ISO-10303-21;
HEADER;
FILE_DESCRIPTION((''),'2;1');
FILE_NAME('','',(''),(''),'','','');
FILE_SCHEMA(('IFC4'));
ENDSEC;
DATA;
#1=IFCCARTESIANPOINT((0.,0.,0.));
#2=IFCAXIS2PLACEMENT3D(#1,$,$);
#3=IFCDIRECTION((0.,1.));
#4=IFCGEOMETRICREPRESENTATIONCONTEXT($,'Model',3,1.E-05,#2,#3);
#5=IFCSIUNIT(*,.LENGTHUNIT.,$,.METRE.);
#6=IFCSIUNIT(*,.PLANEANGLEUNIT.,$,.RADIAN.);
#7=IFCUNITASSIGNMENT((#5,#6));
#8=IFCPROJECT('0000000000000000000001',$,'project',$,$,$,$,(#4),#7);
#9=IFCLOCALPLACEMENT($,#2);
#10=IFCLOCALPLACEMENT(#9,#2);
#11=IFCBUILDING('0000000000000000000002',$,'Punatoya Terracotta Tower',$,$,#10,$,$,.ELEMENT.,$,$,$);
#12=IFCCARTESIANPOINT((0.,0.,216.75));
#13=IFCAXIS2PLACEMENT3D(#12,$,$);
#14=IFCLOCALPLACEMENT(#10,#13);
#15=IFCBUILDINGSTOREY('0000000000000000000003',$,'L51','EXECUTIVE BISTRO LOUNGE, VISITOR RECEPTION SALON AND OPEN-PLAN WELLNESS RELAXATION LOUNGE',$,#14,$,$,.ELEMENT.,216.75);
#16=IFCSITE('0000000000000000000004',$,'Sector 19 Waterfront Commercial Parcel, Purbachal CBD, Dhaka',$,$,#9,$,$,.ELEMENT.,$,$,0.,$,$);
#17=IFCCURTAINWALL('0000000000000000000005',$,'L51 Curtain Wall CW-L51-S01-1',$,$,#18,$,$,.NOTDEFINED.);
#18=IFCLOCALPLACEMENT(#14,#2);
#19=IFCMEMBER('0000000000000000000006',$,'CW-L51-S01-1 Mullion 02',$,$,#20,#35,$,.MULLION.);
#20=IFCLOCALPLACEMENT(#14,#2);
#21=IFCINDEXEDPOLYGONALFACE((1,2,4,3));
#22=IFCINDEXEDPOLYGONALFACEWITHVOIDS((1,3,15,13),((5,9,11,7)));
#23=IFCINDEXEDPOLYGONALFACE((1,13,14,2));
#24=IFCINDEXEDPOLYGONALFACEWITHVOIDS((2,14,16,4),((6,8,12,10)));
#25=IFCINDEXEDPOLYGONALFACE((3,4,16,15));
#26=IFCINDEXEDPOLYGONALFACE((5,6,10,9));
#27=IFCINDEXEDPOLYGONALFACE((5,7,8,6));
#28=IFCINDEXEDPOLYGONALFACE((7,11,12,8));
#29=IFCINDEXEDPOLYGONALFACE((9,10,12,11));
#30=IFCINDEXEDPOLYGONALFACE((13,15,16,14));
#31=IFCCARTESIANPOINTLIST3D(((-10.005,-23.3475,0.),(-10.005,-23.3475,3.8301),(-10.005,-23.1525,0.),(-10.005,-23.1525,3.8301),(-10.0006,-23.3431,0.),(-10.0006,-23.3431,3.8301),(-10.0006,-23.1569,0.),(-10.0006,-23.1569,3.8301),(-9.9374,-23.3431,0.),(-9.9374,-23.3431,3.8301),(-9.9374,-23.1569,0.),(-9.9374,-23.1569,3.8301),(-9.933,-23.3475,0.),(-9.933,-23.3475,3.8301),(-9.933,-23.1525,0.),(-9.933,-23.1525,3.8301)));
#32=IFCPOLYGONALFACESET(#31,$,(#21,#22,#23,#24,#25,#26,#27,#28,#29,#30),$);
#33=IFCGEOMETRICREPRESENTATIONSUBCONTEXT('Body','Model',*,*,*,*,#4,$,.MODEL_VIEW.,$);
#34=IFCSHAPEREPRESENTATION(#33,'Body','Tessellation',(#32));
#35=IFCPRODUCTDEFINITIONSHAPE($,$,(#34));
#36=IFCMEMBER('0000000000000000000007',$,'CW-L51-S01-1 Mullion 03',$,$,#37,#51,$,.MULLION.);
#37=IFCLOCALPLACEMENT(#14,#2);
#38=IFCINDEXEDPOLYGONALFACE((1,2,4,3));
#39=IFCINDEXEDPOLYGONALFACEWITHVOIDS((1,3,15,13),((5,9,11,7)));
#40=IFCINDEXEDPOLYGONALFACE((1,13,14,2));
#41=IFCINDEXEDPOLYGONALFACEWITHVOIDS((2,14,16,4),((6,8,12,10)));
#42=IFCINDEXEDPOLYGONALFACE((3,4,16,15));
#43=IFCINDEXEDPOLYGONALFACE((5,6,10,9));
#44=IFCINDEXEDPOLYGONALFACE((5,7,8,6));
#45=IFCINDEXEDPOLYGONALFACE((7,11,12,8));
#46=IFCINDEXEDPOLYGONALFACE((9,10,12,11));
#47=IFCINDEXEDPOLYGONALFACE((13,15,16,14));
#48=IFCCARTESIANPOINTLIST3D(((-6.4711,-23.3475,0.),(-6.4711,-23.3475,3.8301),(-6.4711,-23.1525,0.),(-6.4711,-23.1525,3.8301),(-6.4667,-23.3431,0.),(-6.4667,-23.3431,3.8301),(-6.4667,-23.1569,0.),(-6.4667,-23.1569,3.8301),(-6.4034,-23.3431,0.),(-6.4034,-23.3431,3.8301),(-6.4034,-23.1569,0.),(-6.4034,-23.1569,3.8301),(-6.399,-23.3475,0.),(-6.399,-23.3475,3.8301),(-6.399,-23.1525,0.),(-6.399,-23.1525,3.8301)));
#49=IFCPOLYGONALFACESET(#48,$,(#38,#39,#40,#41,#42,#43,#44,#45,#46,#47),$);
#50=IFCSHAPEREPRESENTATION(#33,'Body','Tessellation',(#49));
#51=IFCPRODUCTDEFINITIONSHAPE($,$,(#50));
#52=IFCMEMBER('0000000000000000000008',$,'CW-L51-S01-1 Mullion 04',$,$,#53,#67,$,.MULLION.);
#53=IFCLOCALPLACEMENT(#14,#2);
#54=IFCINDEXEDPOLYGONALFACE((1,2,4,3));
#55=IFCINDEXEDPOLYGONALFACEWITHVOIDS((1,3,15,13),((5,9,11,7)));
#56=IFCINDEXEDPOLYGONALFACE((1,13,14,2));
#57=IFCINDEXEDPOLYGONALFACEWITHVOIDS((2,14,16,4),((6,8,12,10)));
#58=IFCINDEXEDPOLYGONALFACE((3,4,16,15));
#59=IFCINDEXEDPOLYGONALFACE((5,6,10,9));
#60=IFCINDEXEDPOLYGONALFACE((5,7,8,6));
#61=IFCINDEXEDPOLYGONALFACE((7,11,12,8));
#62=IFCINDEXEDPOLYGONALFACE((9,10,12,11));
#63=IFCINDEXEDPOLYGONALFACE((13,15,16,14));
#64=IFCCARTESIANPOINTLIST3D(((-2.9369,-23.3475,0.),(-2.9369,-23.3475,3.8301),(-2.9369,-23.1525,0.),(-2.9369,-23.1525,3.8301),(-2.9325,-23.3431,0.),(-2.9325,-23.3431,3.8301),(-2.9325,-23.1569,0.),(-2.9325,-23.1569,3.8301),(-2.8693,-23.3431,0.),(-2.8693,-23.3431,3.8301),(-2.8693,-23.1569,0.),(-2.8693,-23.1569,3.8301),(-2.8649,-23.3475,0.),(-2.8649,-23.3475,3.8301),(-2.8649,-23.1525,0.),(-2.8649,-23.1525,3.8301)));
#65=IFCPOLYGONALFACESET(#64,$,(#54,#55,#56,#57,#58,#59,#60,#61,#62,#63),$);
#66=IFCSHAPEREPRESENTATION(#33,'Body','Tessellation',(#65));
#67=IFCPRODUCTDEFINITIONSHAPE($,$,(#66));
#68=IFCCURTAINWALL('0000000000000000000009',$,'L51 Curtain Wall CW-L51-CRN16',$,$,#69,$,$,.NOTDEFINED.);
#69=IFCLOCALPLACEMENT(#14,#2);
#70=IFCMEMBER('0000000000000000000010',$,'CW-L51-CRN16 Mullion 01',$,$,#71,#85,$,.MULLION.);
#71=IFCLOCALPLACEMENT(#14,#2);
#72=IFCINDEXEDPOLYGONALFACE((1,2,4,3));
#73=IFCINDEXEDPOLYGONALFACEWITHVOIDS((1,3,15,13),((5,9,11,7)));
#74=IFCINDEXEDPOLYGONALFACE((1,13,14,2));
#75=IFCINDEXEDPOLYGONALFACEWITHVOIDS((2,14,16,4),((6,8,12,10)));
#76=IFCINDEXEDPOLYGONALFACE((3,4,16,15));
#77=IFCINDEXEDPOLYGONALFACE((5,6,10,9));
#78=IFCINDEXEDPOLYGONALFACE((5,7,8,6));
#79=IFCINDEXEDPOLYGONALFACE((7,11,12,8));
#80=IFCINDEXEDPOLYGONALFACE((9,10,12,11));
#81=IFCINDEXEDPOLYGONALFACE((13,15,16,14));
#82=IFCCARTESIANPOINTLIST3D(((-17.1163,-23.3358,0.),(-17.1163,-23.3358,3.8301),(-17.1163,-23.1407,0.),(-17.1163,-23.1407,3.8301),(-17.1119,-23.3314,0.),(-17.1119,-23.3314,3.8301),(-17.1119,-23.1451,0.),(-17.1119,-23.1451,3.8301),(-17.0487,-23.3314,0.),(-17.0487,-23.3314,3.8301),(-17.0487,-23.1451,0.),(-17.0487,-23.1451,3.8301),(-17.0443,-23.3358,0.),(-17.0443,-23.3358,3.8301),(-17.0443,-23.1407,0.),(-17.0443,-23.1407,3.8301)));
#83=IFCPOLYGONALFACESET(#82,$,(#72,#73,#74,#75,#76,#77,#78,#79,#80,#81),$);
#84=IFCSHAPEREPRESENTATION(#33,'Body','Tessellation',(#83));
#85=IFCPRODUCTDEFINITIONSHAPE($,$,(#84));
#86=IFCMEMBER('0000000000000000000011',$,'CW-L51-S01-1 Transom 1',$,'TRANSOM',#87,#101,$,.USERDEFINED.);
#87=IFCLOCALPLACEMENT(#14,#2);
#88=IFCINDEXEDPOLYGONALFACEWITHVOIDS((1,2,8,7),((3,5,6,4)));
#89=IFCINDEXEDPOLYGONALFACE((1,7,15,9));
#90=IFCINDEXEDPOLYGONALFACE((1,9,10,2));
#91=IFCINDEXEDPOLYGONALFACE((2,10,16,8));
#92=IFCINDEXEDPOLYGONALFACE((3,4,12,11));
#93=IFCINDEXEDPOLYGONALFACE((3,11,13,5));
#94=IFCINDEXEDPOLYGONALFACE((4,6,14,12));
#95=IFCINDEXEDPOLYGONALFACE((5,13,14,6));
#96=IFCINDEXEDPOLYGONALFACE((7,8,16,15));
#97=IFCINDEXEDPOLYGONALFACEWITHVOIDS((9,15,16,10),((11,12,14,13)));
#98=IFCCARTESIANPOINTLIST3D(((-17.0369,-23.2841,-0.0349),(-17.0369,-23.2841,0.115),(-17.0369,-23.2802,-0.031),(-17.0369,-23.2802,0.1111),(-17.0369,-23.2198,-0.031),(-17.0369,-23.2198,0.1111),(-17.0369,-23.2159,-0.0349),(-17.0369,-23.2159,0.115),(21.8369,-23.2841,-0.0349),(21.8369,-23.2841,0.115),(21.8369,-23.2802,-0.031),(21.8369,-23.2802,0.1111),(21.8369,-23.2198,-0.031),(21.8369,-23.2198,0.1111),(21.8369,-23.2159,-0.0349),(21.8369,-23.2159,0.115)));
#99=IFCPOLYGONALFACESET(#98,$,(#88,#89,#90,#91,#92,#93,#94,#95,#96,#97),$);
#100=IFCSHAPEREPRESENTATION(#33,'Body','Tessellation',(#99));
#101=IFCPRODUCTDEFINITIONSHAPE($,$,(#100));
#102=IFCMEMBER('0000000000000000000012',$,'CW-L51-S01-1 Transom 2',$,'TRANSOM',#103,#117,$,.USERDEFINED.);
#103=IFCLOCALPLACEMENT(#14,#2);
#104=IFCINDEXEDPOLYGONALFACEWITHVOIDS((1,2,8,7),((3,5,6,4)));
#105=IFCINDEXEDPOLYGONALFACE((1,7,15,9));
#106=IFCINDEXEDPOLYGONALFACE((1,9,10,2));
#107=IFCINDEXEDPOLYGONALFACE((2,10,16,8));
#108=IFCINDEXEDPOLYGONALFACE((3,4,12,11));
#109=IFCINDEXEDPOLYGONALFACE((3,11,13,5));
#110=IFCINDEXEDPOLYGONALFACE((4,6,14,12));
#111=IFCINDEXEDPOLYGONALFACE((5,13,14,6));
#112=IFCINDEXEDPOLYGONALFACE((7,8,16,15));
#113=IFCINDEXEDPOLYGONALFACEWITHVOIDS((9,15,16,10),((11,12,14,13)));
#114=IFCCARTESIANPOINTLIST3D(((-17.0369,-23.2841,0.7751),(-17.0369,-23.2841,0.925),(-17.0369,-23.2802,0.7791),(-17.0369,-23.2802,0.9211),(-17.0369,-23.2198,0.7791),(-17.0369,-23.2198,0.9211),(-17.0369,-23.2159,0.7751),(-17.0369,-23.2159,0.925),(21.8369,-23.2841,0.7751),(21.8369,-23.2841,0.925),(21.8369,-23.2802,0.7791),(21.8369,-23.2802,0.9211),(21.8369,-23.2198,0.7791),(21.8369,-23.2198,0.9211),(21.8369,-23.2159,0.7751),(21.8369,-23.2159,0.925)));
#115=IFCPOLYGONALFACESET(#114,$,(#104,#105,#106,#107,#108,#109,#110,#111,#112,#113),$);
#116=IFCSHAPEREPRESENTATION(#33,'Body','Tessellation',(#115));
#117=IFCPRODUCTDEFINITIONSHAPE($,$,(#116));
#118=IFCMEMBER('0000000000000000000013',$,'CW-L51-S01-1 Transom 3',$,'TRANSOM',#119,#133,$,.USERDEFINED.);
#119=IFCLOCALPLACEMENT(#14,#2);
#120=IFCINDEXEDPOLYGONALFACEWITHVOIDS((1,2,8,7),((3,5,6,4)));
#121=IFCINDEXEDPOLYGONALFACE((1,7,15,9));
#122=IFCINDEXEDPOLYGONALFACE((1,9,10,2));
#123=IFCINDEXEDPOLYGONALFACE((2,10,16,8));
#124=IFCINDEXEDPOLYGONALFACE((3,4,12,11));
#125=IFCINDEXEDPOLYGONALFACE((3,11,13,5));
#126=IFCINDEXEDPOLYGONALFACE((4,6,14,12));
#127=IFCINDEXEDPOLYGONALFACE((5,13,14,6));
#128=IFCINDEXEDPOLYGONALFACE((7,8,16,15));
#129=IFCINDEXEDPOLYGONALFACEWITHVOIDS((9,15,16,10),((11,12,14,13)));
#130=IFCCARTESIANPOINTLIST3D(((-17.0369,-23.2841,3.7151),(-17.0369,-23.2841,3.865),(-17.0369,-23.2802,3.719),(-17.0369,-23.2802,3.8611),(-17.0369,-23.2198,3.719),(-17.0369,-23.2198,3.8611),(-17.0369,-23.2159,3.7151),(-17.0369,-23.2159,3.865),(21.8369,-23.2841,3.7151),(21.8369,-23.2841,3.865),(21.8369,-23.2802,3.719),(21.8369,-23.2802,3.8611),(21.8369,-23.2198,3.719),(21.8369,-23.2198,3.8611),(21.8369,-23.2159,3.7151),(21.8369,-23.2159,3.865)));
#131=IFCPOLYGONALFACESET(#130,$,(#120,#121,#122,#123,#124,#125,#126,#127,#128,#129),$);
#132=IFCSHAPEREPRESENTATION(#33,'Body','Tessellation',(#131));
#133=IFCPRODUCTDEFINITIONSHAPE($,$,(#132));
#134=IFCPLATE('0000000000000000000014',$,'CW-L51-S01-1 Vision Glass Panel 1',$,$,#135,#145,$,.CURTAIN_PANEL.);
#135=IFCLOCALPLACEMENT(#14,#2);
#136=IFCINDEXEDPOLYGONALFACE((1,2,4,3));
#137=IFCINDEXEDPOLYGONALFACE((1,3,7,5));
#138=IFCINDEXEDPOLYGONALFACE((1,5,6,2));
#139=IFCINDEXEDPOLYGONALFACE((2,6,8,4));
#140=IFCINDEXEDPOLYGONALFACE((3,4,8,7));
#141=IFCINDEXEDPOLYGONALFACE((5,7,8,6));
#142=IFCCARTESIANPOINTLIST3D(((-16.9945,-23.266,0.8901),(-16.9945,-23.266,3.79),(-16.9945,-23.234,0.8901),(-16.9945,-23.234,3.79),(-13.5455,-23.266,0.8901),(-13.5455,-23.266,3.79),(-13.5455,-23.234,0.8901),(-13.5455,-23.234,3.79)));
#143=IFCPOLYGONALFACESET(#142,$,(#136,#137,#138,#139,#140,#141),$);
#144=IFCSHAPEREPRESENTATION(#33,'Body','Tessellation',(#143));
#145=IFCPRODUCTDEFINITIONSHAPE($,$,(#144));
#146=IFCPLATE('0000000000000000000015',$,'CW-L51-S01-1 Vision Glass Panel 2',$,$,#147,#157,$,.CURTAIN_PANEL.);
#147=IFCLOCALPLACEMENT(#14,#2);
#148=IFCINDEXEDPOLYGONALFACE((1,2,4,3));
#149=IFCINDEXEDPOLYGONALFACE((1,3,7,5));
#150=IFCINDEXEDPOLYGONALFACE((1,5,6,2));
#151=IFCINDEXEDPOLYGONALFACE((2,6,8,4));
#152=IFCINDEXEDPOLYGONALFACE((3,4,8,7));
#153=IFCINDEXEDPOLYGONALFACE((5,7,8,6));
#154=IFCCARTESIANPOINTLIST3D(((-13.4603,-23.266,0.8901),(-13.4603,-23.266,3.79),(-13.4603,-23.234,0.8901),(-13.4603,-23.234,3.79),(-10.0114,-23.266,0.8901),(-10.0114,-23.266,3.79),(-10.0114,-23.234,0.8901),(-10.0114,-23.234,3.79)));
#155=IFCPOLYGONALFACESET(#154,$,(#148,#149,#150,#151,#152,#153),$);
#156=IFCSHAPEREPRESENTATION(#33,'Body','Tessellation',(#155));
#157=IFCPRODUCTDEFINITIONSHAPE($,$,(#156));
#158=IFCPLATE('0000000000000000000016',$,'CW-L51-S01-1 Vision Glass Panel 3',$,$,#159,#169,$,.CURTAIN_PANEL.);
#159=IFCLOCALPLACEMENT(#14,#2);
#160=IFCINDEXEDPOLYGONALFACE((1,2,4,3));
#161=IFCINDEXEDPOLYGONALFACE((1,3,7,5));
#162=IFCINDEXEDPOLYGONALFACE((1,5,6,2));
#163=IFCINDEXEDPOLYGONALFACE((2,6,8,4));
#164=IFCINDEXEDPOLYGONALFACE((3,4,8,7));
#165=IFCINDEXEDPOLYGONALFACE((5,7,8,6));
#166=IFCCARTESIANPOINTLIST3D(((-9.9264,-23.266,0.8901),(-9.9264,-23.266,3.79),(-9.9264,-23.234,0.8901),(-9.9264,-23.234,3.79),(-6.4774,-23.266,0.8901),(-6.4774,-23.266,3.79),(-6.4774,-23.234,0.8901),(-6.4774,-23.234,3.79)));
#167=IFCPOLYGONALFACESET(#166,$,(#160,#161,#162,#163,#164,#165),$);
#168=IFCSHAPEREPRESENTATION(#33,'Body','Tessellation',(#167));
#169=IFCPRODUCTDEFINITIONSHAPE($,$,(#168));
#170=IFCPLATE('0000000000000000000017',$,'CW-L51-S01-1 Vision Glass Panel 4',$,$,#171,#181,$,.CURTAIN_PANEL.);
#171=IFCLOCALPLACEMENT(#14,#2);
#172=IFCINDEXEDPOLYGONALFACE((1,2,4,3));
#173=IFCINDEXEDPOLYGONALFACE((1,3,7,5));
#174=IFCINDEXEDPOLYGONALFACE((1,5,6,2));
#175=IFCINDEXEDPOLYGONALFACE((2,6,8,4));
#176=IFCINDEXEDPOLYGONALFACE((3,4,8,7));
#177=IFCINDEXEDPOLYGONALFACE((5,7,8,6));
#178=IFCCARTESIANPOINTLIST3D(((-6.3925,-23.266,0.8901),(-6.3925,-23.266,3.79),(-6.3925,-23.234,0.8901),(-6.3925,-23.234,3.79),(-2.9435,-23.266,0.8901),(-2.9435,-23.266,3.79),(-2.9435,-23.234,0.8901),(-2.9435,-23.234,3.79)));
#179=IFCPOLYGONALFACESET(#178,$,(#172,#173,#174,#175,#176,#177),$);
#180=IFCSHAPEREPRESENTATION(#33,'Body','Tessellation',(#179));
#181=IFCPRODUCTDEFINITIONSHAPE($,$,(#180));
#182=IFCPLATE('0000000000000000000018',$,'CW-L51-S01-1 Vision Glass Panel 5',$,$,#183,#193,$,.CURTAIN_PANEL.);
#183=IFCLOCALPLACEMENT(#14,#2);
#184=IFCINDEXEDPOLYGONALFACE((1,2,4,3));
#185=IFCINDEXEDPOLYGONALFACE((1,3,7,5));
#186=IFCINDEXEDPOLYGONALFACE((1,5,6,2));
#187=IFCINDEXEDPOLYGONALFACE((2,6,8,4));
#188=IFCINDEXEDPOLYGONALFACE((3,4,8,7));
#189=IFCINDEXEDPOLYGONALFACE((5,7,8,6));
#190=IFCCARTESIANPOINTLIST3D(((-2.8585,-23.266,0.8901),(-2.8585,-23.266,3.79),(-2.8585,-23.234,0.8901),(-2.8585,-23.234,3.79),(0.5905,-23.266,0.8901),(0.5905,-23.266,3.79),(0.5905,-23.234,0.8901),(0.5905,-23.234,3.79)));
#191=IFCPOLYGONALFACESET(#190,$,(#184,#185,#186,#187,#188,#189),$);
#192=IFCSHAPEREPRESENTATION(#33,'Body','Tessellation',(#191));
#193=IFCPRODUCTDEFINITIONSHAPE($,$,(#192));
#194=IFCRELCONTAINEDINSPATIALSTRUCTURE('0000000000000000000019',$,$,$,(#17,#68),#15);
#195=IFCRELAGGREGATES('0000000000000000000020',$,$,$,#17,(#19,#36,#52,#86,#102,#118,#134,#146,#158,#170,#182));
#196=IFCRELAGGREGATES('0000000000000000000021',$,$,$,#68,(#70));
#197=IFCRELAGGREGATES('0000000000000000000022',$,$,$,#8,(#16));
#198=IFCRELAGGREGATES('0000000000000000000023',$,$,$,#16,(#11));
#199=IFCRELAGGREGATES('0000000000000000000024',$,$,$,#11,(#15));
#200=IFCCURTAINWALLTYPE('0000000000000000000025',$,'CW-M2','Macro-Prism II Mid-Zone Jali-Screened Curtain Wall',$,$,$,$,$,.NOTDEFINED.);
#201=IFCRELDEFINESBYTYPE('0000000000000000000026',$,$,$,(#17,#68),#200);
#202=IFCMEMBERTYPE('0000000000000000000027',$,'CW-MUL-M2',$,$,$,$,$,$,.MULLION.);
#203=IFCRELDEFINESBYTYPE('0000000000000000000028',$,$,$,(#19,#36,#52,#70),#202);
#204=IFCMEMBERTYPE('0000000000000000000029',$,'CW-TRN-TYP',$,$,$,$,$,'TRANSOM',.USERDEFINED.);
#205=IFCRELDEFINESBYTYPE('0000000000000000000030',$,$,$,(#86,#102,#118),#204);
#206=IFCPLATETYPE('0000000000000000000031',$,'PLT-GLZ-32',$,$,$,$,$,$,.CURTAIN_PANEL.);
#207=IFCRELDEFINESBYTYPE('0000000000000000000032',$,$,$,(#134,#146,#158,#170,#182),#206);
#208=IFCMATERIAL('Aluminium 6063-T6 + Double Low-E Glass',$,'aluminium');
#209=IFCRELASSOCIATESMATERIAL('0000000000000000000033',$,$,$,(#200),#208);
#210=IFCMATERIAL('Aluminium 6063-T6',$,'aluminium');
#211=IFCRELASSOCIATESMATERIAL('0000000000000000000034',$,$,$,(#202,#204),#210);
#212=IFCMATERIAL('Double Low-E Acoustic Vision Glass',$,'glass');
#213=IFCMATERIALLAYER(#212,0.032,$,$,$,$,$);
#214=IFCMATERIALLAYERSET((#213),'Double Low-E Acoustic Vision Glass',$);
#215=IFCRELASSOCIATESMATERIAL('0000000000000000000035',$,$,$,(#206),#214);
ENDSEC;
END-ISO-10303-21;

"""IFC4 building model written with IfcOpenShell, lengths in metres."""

from ifc_helpers import new_model, si_unit, direction, frame, origin, origin_2d, place, context, subcontext, project, spatial, rectangle, hollow_rectangle, extrude, material, layer, layer_set, material_profile, profile_set, type_object, element, aggregate, save


model = new_model("IFC4")

# Units and contexts
model_context = context("Model", 3, precision=1e-05, world=origin(), true_north=direction((0.0, 1.0)))
body_context = subcontext(model_context, "Body", "Model", "MODEL_VIEW")
ifc_project = project(units=[si_unit("LENGTHUNIT", "METRE"), si_unit("PLANEANGLEUNIT", "RADIAN")], contexts=[model_context])

# Site, building, storey
site_placement = place(None, origin())
site = spatial("IfcSite", under=ifc_project, at=site_placement, Name="Sector 19 Waterfront Commercial Parcel, Purbachal CBD, Dhaka", CompositionType="ELEMENT", RefElevation=0.0)
building_placement = place(site_placement, origin())
building = spatial("IfcBuilding", under=site, at=building_placement, Name="Punatoya Terracotta Tower", CompositionType="ELEMENT")
storey_placement = place(building_placement, frame((0.0, 0.0, 216.75)))
storey = spatial("IfcBuildingStorey", under=building, at=storey_placement, Name="L51", Description="EXECUTIVE BISTRO LOUNGE, VISITOR RECEPTION SALON AND OPEN-PLAN WELLNESS RELAXATION LOUNGE", CompositionType="ELEMENT", Elevation=216.75)

# Curtain wall, members
ifc_material_1 = material(Name="Aluminium 6063-T6 + Double Low-E Glass", Category="aluminium")
curtain_wall_type = type_object("IfcCurtainWallType", Name="CW-M2", Description="Macro-Prism II Mid-Zone Jali-Screened Curtain Wall", PredefinedType="NOTDEFINED", material=ifc_material_1)
curtain_wall_1_placement = place(storey_placement, origin())
curtain_wall_1 = element("IfcCurtainWall", 1, at=curtain_wall_1_placement, inside=storey, type_object=curtain_wall_type, Name="L51 Curtain Wall CW-L51-S01-1", PredefinedType="NOTDEFINED")
ifc_material_2 = material(Name="Aluminium 6063-T6", Category="aluminium")
ifc_material_profile_1 = material_profile(ifc_material_2, hollow_rectangle(XDim=0.072, YDim=0.1951, WallThickness=0.0044, at=origin_2d()))
ifc_profile_set_1 = profile_set([ifc_material_profile_1], Name="Aluminium 6063-T6")
member_type_1 = type_object("IfcMemberType", Name="CW-MUL-M2", PredefinedType="MULLION", material=ifc_profile_set_1)
member_1_placement = place(storey_placement, frame((-9.969, -23.25, 0.0), z_axis=(0.0, 0.0, 1.0), x_axis=(1.0, 0.0, 0.0)))
member_1 = element("IfcMember", 2, at=member_1_placement, type_object=member_type_1, Name="CW-L51-S01-1 Mullion 02", PredefinedType="MULLION", context=body_context, shape_type="SweptSolid", body=[
    extrude(hollow_rectangle(XDim=0.072, YDim=0.1951, WallThickness=0.0044, at=origin_2d()), origin(), (0.0, 0.0, 1.0), 3.8301),
])
member_2_placement = place(storey_placement, frame((-6.4351, -23.25, 0.0), z_axis=(0.0, 0.0, 1.0), x_axis=(1.0, 0.0, 0.0)))
member_2 = element("IfcMember", 3, at=member_2_placement, type_object=member_type_1, Name="CW-L51-S01-1 Mullion 03", PredefinedType="MULLION", context=body_context, shape_type="SweptSolid", body=[
    extrude(hollow_rectangle(XDim=0.072, YDim=0.1951, WallThickness=0.0044, at=origin_2d()), origin(), (0.0, 0.0, 1.0), 3.8301),
])
member_3_placement = place(storey_placement, frame((-2.9009, -23.25, 0.0), z_axis=(0.0, 0.0, 1.0), x_axis=(1.0, 0.0, 0.0)))
member_3 = element("IfcMember", 4, at=member_3_placement, type_object=member_type_1, Name="CW-L51-S01-1 Mullion 04", PredefinedType="MULLION", context=body_context, shape_type="SweptSolid", body=[
    extrude(hollow_rectangle(XDim=0.072, YDim=0.1951, WallThickness=0.0044, at=origin_2d()), origin(), (0.0, 0.0, 1.0), 3.8301),
])

# Curtain wall, member
curtain_wall_2_placement = place(storey_placement, origin())
curtain_wall_2 = element("IfcCurtainWall", 5, at=curtain_wall_2_placement, inside=storey, type_object=curtain_wall_type, Name="L51 Curtain Wall CW-L51-CRN16", PredefinedType="NOTDEFINED")
member_4_placement = place(storey_placement, frame((-17.0803, -23.2383, 0.0), z_axis=(0.0, 0.0, 1.0), x_axis=(1.0, 0.0, 0.0)))
member_4 = element("IfcMember", 6, at=member_4_placement, type_object=member_type_1, Name="CW-L51-CRN16 Mullion 01", PredefinedType="MULLION", context=body_context, shape_type="SweptSolid", body=[
    extrude(hollow_rectangle(XDim=0.072, YDim=0.1951, WallThickness=0.0044, at=origin_2d()), origin(), (0.0, 0.0, 1.0), 3.8301),
])

# Members
ifc_material_profile_2 = material_profile(ifc_material_2, hollow_rectangle(XDim=0.0681, YDim=0.1499, WallThickness=0.0039, at=origin_2d()))
ifc_profile_set_2 = profile_set([ifc_material_profile_2], Name="Aluminium 6063-T6")
member_type_2 = type_object("IfcMemberType", Name="CW-TRN-TYP", ElementType="TRANSOM", PredefinedType="USERDEFINED", material=ifc_profile_set_2)
member_5_placement = place(storey_placement, frame((-17.0369, -23.25, 0.04), z_axis=(1.0, 0.0, 0.0), x_axis=(0.0, 1.0, 0.0)))
member_5 = element("IfcMember", 7, at=member_5_placement, type_object=member_type_2, Name="CW-L51-S01-1 Transom 1", ObjectType="TRANSOM", PredefinedType="USERDEFINED", context=body_context, shape_type="SweptSolid", body=[
    extrude(hollow_rectangle(XDim=0.0681, YDim=0.1499, WallThickness=0.0039, at=origin_2d()), origin(), (0.0, 0.0, 1.0), 38.8738),
])
member_6_placement = place(storey_placement, frame((-17.0369, -23.25, 0.8501), z_axis=(1.0, 0.0, 0.0), x_axis=(0.0, 1.0, 0.0)))
member_6 = element("IfcMember", 8, at=member_6_placement, type_object=member_type_2, Name="CW-L51-S01-1 Transom 2", ObjectType="TRANSOM", PredefinedType="USERDEFINED", context=body_context, shape_type="SweptSolid", body=[
    extrude(hollow_rectangle(XDim=0.0681, YDim=0.1499, WallThickness=0.0039, at=origin_2d()), origin(), (0.0, 0.0, 1.0), 38.8738),
])
member_7_placement = place(storey_placement, frame((-17.0369, -23.25, 3.79), z_axis=(1.0, 0.0, 0.0), x_axis=(0.0, 1.0, 0.0)))
member_7 = element("IfcMember", 9, at=member_7_placement, type_object=member_type_2, Name="CW-L51-S01-1 Transom 3", ObjectType="TRANSOM", PredefinedType="USERDEFINED", context=body_context, shape_type="SweptSolid", body=[
    extrude(hollow_rectangle(XDim=0.0681, YDim=0.1499, WallThickness=0.0039, at=origin_2d()), origin(), (0.0, 0.0, 1.0), 38.8738),
])

# Plates
ifc_material_3 = material(Name="Double Low-E Acoustic Vision Glass", Category="glass")
ifc_layer_1 = layer(ifc_material_3, 0.032)
ifc_layer_set_1 = layer_set([ifc_layer_1], Name="Double Low-E Acoustic Vision Glass")
plate_type_1 = type_object("IfcPlateType", Name="PLT-GLZ-32", PredefinedType="CURTAIN_PANEL", material=ifc_layer_set_1)
plate_1_placement = place(storey_placement, frame((-15.27, -23.25, 0.8901), z_axis=(0.0, 0.0, 1.0), x_axis=(1.0, 0.0, 0.0)))
plate_1 = element("IfcPlate", 10, at=plate_1_placement, type_object=plate_type_1, Name="CW-L51-S01-1 Vision Glass Panel 1", PredefinedType="CURTAIN_PANEL", context=body_context, shape_type="SweptSolid", body=[
    extrude(rectangle(XDim=3.449, YDim=0.032, at=origin_2d()), origin(), (0.0, 0.0, 1.0), 2.8999),
])
plate_2_placement = place(storey_placement, frame((-11.7358, -23.25, 0.8901), z_axis=(0.0, 0.0, 1.0), x_axis=(1.0, 0.0, 0.0)))
plate_2 = element("IfcPlate", 11, at=plate_2_placement, type_object=plate_type_1, Name="CW-L51-S01-1 Vision Glass Panel 2", PredefinedType="CURTAIN_PANEL", context=body_context, shape_type="SweptSolid", body=[
    extrude(rectangle(XDim=3.449, YDim=0.032, at=origin_2d()), origin(), (0.0, 0.0, 1.0), 2.8999),
])
plate_3_placement = place(storey_placement, frame((-8.2019, -23.25, 0.8901), z_axis=(0.0, 0.0, 1.0), x_axis=(1.0, 0.0, 0.0)))
plate_3 = element("IfcPlate", 12, at=plate_3_placement, type_object=plate_type_1, Name="CW-L51-S01-1 Vision Glass Panel 3", PredefinedType="CURTAIN_PANEL", context=body_context, shape_type="SweptSolid", body=[
    extrude(rectangle(XDim=3.449, YDim=0.032, at=origin_2d()), origin(), (0.0, 0.0, 1.0), 2.8999),
])
plate_4_placement = place(storey_placement, frame((-4.668, -23.25, 0.8901), z_axis=(0.0, 0.0, 1.0), x_axis=(1.0, 0.0, 0.0)))
plate_4 = element("IfcPlate", 13, at=plate_4_placement, type_object=plate_type_1, Name="CW-L51-S01-1 Vision Glass Panel 4", PredefinedType="CURTAIN_PANEL", context=body_context, shape_type="SweptSolid", body=[
    extrude(rectangle(XDim=3.449, YDim=0.032, at=origin_2d()), origin(), (0.0, 0.0, 1.0), 2.8999),
])
plate_5_placement = place(storey_placement, frame((-1.134, -23.25, 0.8901), z_axis=(0.0, 0.0, 1.0), x_axis=(1.0, 0.0, 0.0)))
plate_5 = element("IfcPlate", 14, at=plate_5_placement, type_object=plate_type_1, Name="CW-L51-S01-1 Vision Glass Panel 5", PredefinedType="CURTAIN_PANEL", context=body_context, shape_type="SweptSolid", body=[
    extrude(rectangle(XDim=3.449, YDim=0.032, at=origin_2d()), origin(), (0.0, 0.0, 1.0), 2.8999),
])
aggregate(curtain_wall_1, [member_1, member_2, member_3, member_5, member_6, member_7, plate_1, plate_2, plate_3, plate_4, plate_5])
aggregate(curtain_wall_2, [member_4])

save(model, "model.ifc")
